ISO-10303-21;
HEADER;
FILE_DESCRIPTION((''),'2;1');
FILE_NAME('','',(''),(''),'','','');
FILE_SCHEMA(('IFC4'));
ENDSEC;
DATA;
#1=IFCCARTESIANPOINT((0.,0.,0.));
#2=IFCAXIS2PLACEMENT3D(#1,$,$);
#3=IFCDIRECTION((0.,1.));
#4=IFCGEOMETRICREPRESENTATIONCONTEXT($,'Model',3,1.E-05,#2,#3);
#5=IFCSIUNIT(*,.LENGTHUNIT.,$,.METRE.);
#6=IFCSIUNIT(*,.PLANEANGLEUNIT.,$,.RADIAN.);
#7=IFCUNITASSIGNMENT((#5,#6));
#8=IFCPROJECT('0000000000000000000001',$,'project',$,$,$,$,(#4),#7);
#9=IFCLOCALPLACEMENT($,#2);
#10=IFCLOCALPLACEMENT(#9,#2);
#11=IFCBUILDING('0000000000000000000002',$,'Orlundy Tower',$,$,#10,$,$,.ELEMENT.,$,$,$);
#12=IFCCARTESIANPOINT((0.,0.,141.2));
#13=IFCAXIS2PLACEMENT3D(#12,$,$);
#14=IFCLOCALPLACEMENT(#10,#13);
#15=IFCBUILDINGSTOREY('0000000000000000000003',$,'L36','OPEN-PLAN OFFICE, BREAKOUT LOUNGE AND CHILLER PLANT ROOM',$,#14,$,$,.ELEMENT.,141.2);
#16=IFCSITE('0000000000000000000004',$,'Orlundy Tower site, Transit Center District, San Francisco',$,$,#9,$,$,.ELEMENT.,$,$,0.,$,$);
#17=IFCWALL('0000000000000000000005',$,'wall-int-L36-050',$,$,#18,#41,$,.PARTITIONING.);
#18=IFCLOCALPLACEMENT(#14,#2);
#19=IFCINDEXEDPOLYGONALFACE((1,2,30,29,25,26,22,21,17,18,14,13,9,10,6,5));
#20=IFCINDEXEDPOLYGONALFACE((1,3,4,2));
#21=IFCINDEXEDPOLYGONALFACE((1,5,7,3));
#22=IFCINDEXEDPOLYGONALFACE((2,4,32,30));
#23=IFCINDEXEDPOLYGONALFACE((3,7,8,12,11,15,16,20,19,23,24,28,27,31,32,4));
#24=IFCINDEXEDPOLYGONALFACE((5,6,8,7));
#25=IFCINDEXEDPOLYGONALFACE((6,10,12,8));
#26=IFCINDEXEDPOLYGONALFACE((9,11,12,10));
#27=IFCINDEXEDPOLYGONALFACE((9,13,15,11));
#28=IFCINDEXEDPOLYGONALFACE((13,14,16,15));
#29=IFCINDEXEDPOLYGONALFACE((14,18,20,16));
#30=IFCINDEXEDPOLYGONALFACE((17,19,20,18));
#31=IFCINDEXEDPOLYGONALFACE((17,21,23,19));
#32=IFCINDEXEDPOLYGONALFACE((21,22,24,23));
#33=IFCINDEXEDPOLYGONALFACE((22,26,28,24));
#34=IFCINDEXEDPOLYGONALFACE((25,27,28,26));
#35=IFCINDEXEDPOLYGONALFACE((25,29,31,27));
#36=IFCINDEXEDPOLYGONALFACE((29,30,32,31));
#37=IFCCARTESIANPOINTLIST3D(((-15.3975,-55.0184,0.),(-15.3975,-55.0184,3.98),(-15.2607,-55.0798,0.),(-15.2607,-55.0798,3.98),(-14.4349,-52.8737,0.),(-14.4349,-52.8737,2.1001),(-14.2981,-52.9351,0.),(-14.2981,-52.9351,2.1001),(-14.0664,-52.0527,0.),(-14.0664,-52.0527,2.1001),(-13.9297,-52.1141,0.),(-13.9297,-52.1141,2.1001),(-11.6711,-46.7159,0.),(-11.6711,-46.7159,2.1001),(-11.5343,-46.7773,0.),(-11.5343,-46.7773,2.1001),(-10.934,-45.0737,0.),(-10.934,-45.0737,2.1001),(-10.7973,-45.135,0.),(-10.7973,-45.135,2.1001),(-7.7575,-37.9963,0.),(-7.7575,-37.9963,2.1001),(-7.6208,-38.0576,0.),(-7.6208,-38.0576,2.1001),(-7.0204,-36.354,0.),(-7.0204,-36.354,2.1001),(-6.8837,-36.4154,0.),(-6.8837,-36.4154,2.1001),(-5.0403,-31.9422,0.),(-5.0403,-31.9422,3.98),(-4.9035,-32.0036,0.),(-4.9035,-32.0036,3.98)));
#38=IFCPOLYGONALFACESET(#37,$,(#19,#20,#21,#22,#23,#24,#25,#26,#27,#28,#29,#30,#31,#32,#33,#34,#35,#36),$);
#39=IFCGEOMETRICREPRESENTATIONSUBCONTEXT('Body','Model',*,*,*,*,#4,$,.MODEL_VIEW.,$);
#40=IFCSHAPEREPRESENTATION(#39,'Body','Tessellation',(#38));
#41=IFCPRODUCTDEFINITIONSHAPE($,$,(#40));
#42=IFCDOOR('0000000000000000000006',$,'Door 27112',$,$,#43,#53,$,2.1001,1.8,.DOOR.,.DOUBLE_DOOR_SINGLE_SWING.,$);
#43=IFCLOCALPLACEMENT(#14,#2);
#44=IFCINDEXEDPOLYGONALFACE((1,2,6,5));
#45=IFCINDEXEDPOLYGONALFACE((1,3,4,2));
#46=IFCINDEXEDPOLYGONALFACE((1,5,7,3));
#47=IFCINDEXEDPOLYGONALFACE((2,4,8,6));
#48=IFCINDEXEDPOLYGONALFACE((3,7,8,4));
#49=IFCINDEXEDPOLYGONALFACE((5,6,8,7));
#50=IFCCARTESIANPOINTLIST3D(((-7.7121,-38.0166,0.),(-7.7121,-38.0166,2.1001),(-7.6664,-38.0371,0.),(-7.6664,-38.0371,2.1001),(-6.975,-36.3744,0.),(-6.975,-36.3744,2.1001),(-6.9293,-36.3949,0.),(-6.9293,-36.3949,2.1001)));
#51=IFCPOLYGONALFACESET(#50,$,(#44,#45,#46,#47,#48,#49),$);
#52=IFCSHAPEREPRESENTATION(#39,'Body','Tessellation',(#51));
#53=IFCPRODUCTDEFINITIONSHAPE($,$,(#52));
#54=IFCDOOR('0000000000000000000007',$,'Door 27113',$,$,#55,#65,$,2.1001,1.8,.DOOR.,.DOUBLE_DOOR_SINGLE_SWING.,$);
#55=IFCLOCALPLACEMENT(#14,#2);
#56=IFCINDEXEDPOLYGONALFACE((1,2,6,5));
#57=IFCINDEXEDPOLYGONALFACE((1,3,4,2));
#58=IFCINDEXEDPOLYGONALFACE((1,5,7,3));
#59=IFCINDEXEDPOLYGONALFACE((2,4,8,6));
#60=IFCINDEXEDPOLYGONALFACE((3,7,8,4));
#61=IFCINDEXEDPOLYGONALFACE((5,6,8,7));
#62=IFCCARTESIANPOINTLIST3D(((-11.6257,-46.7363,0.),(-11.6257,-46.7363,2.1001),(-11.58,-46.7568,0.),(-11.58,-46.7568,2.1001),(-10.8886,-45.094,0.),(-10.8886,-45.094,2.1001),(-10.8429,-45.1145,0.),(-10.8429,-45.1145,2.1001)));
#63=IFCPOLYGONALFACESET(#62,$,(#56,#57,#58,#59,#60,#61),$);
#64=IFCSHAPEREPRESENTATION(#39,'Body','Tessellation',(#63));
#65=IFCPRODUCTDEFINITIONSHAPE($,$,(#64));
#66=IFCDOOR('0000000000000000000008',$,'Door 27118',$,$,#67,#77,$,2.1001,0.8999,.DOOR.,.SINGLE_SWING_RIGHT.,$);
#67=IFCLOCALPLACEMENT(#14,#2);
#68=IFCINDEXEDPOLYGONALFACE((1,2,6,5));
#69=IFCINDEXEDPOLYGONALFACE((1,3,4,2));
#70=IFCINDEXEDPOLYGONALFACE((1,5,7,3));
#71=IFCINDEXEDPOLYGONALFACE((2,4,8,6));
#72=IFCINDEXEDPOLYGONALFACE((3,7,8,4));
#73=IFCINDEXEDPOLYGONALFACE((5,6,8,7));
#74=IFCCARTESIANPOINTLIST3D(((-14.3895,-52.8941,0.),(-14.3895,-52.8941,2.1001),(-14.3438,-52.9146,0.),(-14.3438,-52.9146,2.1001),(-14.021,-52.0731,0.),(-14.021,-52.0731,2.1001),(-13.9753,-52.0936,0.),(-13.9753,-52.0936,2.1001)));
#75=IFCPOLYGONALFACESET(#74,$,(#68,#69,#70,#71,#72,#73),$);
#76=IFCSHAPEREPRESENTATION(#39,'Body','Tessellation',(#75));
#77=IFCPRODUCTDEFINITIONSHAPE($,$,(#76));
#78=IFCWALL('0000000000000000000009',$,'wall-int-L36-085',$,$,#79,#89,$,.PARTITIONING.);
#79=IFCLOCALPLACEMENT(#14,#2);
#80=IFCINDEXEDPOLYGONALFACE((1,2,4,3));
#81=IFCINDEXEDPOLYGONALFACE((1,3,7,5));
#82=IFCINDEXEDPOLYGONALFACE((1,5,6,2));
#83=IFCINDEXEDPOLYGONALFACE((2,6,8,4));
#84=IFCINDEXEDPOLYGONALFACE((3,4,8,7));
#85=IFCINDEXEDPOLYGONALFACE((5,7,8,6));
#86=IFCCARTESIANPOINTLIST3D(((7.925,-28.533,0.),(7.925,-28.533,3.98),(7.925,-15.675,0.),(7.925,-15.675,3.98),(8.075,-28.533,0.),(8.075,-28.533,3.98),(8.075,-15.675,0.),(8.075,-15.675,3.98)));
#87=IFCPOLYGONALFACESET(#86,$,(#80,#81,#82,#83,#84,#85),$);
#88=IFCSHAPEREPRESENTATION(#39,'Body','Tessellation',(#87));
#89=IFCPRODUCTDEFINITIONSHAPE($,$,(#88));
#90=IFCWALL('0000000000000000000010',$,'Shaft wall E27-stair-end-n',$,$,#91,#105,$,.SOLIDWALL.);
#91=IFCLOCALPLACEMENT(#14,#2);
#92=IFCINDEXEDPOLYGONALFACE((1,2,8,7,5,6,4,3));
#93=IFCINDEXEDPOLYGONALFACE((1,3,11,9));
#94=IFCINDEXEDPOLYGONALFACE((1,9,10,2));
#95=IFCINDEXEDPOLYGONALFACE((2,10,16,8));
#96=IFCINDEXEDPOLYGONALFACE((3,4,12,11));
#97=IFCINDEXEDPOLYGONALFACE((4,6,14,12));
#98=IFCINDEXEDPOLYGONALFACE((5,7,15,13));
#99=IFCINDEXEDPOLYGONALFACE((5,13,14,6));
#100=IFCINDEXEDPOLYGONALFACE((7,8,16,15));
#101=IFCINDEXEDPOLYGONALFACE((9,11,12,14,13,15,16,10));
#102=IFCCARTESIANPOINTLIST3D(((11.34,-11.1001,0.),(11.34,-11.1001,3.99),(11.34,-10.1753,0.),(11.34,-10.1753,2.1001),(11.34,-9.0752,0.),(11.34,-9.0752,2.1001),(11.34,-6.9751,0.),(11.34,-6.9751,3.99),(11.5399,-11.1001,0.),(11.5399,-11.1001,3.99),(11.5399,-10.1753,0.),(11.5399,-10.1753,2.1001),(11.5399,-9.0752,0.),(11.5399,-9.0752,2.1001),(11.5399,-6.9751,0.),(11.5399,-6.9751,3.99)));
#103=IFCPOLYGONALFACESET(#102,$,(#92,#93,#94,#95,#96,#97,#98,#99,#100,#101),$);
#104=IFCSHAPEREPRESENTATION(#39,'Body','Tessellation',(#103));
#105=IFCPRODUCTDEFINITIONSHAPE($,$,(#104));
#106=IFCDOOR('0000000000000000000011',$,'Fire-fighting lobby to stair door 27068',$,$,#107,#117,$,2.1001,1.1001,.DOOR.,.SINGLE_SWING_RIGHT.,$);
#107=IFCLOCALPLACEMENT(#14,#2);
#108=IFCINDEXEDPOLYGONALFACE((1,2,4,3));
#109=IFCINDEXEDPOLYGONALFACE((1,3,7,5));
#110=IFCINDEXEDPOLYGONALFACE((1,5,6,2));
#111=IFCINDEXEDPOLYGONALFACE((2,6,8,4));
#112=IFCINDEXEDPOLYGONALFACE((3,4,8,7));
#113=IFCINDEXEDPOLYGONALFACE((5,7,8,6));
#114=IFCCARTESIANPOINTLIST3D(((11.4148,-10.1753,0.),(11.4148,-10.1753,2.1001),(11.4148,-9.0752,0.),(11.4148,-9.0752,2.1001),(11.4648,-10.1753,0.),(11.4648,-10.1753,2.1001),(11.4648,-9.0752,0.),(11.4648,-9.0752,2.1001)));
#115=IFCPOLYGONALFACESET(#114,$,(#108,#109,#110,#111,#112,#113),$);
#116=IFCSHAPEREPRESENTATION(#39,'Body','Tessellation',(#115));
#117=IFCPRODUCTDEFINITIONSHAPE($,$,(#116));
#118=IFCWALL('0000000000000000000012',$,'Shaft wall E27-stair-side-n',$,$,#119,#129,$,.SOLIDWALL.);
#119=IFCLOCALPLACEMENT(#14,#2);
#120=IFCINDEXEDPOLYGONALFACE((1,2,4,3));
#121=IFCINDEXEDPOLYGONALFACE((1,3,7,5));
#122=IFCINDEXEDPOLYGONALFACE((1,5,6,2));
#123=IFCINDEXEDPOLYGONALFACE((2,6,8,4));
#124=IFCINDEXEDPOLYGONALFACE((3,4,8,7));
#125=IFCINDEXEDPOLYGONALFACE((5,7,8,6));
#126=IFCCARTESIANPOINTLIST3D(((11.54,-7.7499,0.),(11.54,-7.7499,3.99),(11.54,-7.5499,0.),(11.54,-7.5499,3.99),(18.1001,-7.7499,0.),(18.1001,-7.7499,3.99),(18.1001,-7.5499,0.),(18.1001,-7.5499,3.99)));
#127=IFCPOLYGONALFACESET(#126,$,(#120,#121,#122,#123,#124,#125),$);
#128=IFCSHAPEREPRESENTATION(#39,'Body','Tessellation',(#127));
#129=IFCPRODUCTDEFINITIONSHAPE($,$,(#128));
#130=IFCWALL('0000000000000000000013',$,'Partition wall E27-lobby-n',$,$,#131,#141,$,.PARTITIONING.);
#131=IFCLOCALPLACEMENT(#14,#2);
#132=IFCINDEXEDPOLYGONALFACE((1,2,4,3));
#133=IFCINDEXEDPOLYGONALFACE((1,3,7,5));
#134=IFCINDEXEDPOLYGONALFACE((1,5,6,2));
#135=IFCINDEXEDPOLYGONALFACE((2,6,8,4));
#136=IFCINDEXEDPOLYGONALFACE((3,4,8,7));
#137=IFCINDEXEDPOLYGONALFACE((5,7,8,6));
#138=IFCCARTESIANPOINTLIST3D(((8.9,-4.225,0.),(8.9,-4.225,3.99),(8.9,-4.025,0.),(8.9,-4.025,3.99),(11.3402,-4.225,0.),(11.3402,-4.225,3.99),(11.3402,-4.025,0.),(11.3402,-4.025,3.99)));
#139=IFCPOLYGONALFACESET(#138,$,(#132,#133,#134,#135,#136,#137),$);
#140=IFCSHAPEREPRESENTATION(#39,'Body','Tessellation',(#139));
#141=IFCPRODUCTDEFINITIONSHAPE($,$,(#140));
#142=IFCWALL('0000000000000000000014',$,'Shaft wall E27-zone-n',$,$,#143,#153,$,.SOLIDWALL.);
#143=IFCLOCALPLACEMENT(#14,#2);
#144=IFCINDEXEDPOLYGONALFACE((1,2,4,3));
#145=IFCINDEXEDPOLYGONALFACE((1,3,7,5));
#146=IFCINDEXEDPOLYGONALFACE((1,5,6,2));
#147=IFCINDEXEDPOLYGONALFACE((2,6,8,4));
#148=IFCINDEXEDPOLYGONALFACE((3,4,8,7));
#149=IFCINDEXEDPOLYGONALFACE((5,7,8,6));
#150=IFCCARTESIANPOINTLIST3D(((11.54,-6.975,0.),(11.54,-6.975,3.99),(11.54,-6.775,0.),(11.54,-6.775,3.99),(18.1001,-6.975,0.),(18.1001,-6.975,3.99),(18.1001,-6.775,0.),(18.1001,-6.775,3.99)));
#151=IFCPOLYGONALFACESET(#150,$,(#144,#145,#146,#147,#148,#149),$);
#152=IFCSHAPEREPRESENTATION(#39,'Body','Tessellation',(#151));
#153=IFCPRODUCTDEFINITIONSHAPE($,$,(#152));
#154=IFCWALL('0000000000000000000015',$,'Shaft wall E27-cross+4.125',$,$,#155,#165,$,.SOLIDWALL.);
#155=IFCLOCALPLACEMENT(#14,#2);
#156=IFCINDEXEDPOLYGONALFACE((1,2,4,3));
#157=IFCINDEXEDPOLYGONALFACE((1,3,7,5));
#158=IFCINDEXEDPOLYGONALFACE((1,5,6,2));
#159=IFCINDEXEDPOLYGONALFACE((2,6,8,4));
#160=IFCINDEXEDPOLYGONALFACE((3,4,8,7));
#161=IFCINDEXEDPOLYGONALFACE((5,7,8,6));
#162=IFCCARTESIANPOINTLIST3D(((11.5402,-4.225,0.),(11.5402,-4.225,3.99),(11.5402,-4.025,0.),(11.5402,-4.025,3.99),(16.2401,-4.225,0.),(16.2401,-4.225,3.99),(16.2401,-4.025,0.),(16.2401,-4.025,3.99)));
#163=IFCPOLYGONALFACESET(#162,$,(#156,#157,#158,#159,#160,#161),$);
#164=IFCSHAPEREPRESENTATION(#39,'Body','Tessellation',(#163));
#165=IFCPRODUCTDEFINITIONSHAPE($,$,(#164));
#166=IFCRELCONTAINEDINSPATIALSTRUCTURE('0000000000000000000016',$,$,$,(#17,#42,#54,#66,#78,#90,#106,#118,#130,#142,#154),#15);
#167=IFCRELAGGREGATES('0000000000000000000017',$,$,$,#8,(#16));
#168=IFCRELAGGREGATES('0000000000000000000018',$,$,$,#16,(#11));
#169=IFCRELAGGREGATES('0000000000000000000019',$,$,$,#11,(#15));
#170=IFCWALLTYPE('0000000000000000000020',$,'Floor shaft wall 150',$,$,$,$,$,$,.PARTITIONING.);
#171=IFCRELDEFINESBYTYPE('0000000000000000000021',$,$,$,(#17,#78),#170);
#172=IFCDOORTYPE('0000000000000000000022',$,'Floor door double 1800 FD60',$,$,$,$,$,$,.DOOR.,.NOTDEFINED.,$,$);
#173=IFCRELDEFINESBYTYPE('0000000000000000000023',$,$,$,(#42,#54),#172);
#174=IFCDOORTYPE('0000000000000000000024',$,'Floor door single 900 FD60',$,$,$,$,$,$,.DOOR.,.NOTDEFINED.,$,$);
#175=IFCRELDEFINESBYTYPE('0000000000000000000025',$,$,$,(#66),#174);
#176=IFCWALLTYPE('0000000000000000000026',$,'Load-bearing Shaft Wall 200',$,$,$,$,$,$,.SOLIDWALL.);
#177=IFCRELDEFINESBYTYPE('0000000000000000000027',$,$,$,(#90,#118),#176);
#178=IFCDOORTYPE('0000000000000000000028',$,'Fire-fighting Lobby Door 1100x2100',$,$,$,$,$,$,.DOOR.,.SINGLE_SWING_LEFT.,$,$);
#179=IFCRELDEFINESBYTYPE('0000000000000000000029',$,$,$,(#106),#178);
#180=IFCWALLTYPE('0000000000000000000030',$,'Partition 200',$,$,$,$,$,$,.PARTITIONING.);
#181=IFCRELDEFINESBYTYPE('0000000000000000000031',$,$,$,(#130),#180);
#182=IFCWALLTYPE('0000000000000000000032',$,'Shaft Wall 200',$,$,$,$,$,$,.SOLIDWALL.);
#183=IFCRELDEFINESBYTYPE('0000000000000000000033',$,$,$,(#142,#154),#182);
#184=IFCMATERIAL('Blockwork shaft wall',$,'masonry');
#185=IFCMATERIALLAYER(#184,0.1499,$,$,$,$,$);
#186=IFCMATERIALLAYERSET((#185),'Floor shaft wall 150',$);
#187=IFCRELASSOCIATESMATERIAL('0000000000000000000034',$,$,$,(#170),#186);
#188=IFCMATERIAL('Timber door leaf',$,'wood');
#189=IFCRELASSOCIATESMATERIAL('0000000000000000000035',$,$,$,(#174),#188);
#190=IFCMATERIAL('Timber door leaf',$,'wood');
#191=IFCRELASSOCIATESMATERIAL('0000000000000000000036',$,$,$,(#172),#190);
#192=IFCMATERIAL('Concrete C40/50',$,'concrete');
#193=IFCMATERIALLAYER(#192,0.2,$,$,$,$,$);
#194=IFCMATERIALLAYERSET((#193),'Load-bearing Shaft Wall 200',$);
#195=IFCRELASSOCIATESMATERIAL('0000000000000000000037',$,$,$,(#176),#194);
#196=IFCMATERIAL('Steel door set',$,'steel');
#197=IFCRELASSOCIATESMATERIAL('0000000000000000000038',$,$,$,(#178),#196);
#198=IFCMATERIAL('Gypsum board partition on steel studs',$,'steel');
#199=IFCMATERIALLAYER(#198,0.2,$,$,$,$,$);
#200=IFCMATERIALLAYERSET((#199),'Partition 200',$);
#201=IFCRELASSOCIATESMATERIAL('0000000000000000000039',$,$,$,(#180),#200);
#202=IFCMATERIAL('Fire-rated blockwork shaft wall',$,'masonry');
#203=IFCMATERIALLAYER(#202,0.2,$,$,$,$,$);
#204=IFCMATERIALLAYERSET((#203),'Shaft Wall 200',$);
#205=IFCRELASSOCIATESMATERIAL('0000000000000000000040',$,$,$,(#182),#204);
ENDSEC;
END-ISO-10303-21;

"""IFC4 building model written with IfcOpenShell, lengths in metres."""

from ifc_helpers import new_model, si_unit, direction, frame, frame_2d, origin, place, context, subcontext, project, spatial, rectangle, extrude, material, layer, layer_set, type_object, element, fill, save


model = new_model("IFC4")

# Units and contexts
model_context = context("Model", 3, precision=1e-05, world=origin(), true_north=direction((0.0, 1.0)))
body_context = subcontext(model_context, "Body", "Model", "MODEL_VIEW")
ifc_project = project(units=[si_unit("LENGTHUNIT", "METRE"), si_unit("PLANEANGLEUNIT", "RADIAN")], contexts=[model_context])

# Site, building, storey
site_placement = place(None, origin())
site = spatial("IfcSite", under=ifc_project, at=site_placement, Name="Orlundy Tower site, Transit Center District, San Francisco", CompositionType="ELEMENT", RefElevation=0.0)
building_placement = place(site_placement, origin())
building = spatial("IfcBuilding", under=site, at=building_placement, Name="Orlundy Tower", CompositionType="ELEMENT")
storey_placement = place(building_placement, frame((0.0, 0.0, 141.2)))
storey = spatial("IfcBuildingStorey", under=building, at=storey_placement, Name="L36", Description="OPEN-PLAN OFFICE, BREAKOUT LOUNGE AND CHILLER PLANT ROOM", CompositionType="ELEMENT", Elevation=141.2)

# Shared definitions
ifc_material_1 = material(Name="Blockwork shaft wall", Category="masonry")
ifc_layer_1 = layer(ifc_material_1, 0.1499)
ifc_layer_set_1 = layer_set([ifc_layer_1], Name="Floor shaft wall 150")
wall_type_1 = type_object("IfcWallType", Name="Floor shaft wall 150", PredefinedType="PARTITIONING", material=ifc_layer_set_1)
ifc_material_2 = material(Name="Timber door leaf", Category="wood")
door_type_1 = type_object("IfcDoorType", Name="Floor door single 900 FD60", OperationType="NOTDEFINED", PredefinedType="DOOR", material=ifc_material_2)

# Wall, openings, doors
wall_1_placement = place(storey_placement, frame((-4.9719, -31.9729, 0.0), z_axis=(0.0, 0.0, 1.0), x_axis=(-0.409474, -0.912322, 0.0)))
wall_1 = element("IfcWall", 1, at=wall_1_placement, inside=storey, type_object=wall_type_1, Name="wall-int-L36-050", PredefinedType="PARTITIONING", context=body_context, shape_type="SweptSolid", body=[
    extrude(rectangle(XDim=25.2939, YDim=0.1499, at=frame_2d((12.647, 0.0))), origin(), (0.0, 0.0, 1.0), 3.98),
])
opening_1_placement = place(wall_1_placement, frame((4.8359, 0.0, 0.0)))
opening_1 = element("IfcOpeningElement", 2, at=opening_1_placement, cuts=wall_1, PredefinedType="OPENING", context=body_context, shape_type="SweptSolid", body=[
    extrude(rectangle(XDim=1.8, YDim=2.1001, at=frame_2d((0.8999, 1.05))), frame((0.0, 0.085, 0.0), z_axis=(0.0, -1.0, 0.0), x_axis=(1.0, 0.0, 0.0)), (0.0, 0.0, 1.0), 0.1699),
])
opening_2_placement = place(wall_1_placement, frame((14.3936, 0.0, 0.0)))
opening_2 = element("IfcOpeningElement", 3, at=opening_2_placement, cuts=wall_1, PredefinedType="OPENING", context=body_context, shape_type="SweptSolid", body=[
    extrude(rectangle(XDim=1.8, YDim=2.1001, at=frame_2d((0.8999, 1.05))), frame((0.0, 0.085, 0.0), z_axis=(0.0, -1.0, 0.0), x_axis=(1.0, 0.0, 0.0)), (0.0, 0.0, 1.0), 0.1699),
])
opening_3_placement = place(wall_1_placement, frame((22.0432, 0.0, 0.0)))
opening_3 = element("IfcOpeningElement", 4, at=opening_3_placement, cuts=wall_1, PredefinedType="OPENING", context=body_context, shape_type="SweptSolid", body=[
    extrude(rectangle(XDim=0.8999, YDim=2.1001, at=frame_2d((0.45, 1.05))), frame((0.0, 0.085, 0.0), z_axis=(0.0, -1.0, 0.0), x_axis=(1.0, 0.0, 0.0)), (0.0, 0.0, 1.0), 0.1699),
])
ifc_material_3 = material(Name="Timber door leaf", Category="wood")
door_type_2 = type_object("IfcDoorType", Name="Floor door double 1800 FD60", OperationType="NOTDEFINED", PredefinedType="DOOR", material=ifc_material_3)
door_1_placement = place(opening_1_placement, origin())
door_1 = element("IfcDoor", 5, at=door_1_placement, inside=storey, type_object=door_type_2, Name="Door 27112", OperationType="DOUBLE_DOOR_SINGLE_SWING", OverallHeight=2.1001, OverallWidth=1.8, PredefinedType="DOOR", context=body_context, shape_type="SweptSolid", body=[
    extrude(rectangle(XDim=1.8, YDim=2.1001, at=frame_2d((0.8999, 1.05))), frame((0.0, 0.0249, 0.0), z_axis=(0.0, -1.0, 0.0), x_axis=(1.0, 0.0, 0.0)), (0.0, 0.0, 1.0), 0.05),
])
fill(opening_1, door_1)
door_2_placement = place(opening_2_placement, origin())
door_2 = element("IfcDoor", 6, at=door_2_placement, inside=storey, type_object=door_type_2, Name="Door 27113", OperationType="DOUBLE_DOOR_SINGLE_SWING", OverallHeight=2.1001, OverallWidth=1.8, PredefinedType="DOOR", context=body_context, shape_type="SweptSolid", body=[
    extrude(rectangle(XDim=1.8, YDim=2.1001, at=frame_2d((0.8999, 1.05))), frame((0.0, 0.0249, 0.0), z_axis=(0.0, -1.0, 0.0), x_axis=(1.0, 0.0, 0.0)), (0.0, 0.0, 1.0), 0.05),
])
fill(opening_2, door_2)
door_3_placement = place(opening_3_placement, origin())
door_3 = element("IfcDoor", 7, at=door_3_placement, inside=storey, type_object=door_type_1, Name="Door 27118", OperationType="SINGLE_SWING_RIGHT", OverallHeight=2.1001, OverallWidth=0.8999, PredefinedType="DOOR", context=body_context, shape_type="SweptSolid", body=[
    extrude(rectangle(XDim=0.8999, YDim=2.1001, at=frame_2d((0.45, 1.05))), frame((0.0, 0.0249, 0.0), z_axis=(0.0, -1.0, 0.0), x_axis=(1.0, 0.0, 0.0)), (0.0, 0.0, 1.0), 0.05),
])
fill(opening_3, door_3)

# Wall
wall_2_placement = place(storey_placement, frame((8.0, -28.533, 0.0), z_axis=(0.0, 0.0, 1.0), x_axis=(0.0, 1.0, 0.0)))
element("IfcWall", 8, at=wall_2_placement, inside=storey, type_object=wall_type_1, Name="wall-int-L36-085", PredefinedType="PARTITIONING", context=body_context, shape_type="SweptSolid", body=[
    extrude(rectangle(XDim=12.8579, YDim=0.1499, at=frame_2d((6.429, 0.0))), origin(), (0.0, 0.0, 1.0), 3.98),
])

# Wall, opening, door
ifc_material_4 = material(Name="Concrete C40/50", Category="concrete")
ifc_layer_2 = layer(ifc_material_4, 0.2)
ifc_layer_set_2 = layer_set([ifc_layer_2], Name="Load-bearing Shaft Wall 200")
wall_type_2 = type_object("IfcWallType", Name="Load-bearing Shaft Wall 200", PredefinedType="SOLIDWALL", material=ifc_layer_set_2)
wall_3_placement = place(storey_placement, frame((11.4399, -6.9751, 0.0), z_axis=(0.0, 0.0, 1.0), x_axis=(0.0, -1.0, 0.0)))
wall_3 = element("IfcWall", 9, at=wall_3_placement, inside=storey, type_object=wall_type_2, Name="Shaft wall E27-stair-end-n", PredefinedType="SOLIDWALL", context=body_context, shape_type="SweptSolid", body=[
    extrude(rectangle(XDim=4.125, YDim=0.2, at=frame_2d((2.0625, 0.0))), origin(), (0.0, 0.0, 1.0), 3.99),
])
opening_4_placement = place(wall_3_placement, frame((2.1001, 0.0, 0.0)))
opening_4 = element("IfcOpeningElement", 10, at=opening_4_placement, cuts=wall_3, PredefinedType="OPENING", context=body_context, shape_type="SweptSolid", body=[
    extrude(rectangle(XDim=1.1001, YDim=2.1001, at=frame_2d((0.55, 1.05))), frame((0.0, 0.1101, 0.0), z_axis=(0.0, -1.0, 0.0), x_axis=(1.0, 0.0, 0.0)), (0.0, 0.0, 1.0), 0.2202),
])
ifc_material_5 = material(Name="Steel door set", Category="steel")
door_type_3 = type_object("IfcDoorType", Name="Fire-fighting Lobby Door 1100x2100", OperationType="SINGLE_SWING_LEFT", PredefinedType="DOOR", material=ifc_material_5)
door_4_placement = place(opening_4_placement, origin())
door_4 = element("IfcDoor", 11, at=door_4_placement, inside=storey, type_object=door_type_3, Name="Fire-fighting lobby to stair door 27068", OperationType="SINGLE_SWING_RIGHT", OverallHeight=2.1001, OverallWidth=1.1001, PredefinedType="DOOR", context=body_context, shape_type="SweptSolid", body=[
    extrude(rectangle(XDim=1.1001, YDim=2.1001, at=frame_2d((0.55, 1.05))), frame((0.0, 0.0249, 0.0), z_axis=(0.0, -1.0, 0.0), x_axis=(1.0, 0.0, 0.0)), (0.0, 0.0, 1.0), 0.05),
])
fill(opening_4, door_4)

# Walls
wall_4_placement = place(storey_placement, frame((11.54, -7.6499, 0.0), z_axis=(0.0, 0.0, 1.0), x_axis=(1.0, 0.0, 0.0)))
element("IfcWall", 12, at=wall_4_placement, inside=storey, type_object=wall_type_2, Name="Shaft wall E27-stair-side-n", PredefinedType="SOLIDWALL", context=body_context, shape_type="SweptSolid", body=[
    extrude(rectangle(XDim=6.5601, YDim=0.2, at=frame_2d((3.28, 0.0))), origin(), (0.0, 0.0, 1.0), 3.99),
])
ifc_material_6 = material(Name="Gypsum board partition on steel studs", Category="steel")
ifc_layer_3 = layer(ifc_material_6, 0.2)
ifc_layer_set_3 = layer_set([ifc_layer_3], Name="Partition 200")
wall_type_3 = type_object("IfcWallType", Name="Partition 200", PredefinedType="PARTITIONING", material=ifc_layer_set_3)
wall_5_placement = place(storey_placement, frame((8.8999, -4.125, 0.0), z_axis=(0.0, 0.0, 1.0), x_axis=(1.0, 0.0, 0.0)))
element("IfcWall", 13, at=wall_5_placement, inside=storey, type_object=wall_type_3, Name="Partition wall E27-lobby-n", PredefinedType="PARTITIONING", context=body_context, shape_type="SweptSolid", body=[
    extrude(rectangle(XDim=2.4402, YDim=0.2, at=frame_2d((1.2202, 0.0))), origin(), (0.0, 0.0, 1.0), 3.99),
])
ifc_material_7 = material(Name="Fire-rated blockwork shaft wall", Category="masonry")
ifc_layer_4 = layer(ifc_material_7, 0.2)
ifc_layer_set_4 = layer_set([ifc_layer_4], Name="Shaft Wall 200")
wall_type_4 = type_object("IfcWallType", Name="Shaft Wall 200", PredefinedType="SOLIDWALL", material=ifc_layer_set_4)
wall_6_placement = place(storey_placement, frame((11.54, -6.875, 0.0), z_axis=(0.0, 0.0, 1.0), x_axis=(1.0, 0.0, 0.0)))
element("IfcWall", 14, at=wall_6_placement, inside=storey, type_object=wall_type_4, Name="Shaft wall E27-zone-n", PredefinedType="SOLIDWALL", context=body_context, shape_type="SweptSolid", body=[
    extrude(rectangle(XDim=6.5601, YDim=0.2, at=frame_2d((3.28, 0.0))), origin(), (0.0, 0.0, 1.0), 3.99),
])
wall_7_placement = place(storey_placement, frame((11.54, -4.125, 0.0), z_axis=(0.0, 0.0, 1.0), x_axis=(1.0, 0.0, 0.0)))
element("IfcWall", 15, at=wall_7_placement, inside=storey, type_object=wall_type_4, Name="Shaft wall E27-cross+4.125", PredefinedType="SOLIDWALL", context=body_context, shape_type="SweptSolid", body=[
    extrude(rectangle(XDim=4.7, YDim=0.2, at=frame_2d((2.3501, 0.0))), origin(), (0.0, 0.0, 1.0), 3.99),
])

save(model, "model.ifc")
